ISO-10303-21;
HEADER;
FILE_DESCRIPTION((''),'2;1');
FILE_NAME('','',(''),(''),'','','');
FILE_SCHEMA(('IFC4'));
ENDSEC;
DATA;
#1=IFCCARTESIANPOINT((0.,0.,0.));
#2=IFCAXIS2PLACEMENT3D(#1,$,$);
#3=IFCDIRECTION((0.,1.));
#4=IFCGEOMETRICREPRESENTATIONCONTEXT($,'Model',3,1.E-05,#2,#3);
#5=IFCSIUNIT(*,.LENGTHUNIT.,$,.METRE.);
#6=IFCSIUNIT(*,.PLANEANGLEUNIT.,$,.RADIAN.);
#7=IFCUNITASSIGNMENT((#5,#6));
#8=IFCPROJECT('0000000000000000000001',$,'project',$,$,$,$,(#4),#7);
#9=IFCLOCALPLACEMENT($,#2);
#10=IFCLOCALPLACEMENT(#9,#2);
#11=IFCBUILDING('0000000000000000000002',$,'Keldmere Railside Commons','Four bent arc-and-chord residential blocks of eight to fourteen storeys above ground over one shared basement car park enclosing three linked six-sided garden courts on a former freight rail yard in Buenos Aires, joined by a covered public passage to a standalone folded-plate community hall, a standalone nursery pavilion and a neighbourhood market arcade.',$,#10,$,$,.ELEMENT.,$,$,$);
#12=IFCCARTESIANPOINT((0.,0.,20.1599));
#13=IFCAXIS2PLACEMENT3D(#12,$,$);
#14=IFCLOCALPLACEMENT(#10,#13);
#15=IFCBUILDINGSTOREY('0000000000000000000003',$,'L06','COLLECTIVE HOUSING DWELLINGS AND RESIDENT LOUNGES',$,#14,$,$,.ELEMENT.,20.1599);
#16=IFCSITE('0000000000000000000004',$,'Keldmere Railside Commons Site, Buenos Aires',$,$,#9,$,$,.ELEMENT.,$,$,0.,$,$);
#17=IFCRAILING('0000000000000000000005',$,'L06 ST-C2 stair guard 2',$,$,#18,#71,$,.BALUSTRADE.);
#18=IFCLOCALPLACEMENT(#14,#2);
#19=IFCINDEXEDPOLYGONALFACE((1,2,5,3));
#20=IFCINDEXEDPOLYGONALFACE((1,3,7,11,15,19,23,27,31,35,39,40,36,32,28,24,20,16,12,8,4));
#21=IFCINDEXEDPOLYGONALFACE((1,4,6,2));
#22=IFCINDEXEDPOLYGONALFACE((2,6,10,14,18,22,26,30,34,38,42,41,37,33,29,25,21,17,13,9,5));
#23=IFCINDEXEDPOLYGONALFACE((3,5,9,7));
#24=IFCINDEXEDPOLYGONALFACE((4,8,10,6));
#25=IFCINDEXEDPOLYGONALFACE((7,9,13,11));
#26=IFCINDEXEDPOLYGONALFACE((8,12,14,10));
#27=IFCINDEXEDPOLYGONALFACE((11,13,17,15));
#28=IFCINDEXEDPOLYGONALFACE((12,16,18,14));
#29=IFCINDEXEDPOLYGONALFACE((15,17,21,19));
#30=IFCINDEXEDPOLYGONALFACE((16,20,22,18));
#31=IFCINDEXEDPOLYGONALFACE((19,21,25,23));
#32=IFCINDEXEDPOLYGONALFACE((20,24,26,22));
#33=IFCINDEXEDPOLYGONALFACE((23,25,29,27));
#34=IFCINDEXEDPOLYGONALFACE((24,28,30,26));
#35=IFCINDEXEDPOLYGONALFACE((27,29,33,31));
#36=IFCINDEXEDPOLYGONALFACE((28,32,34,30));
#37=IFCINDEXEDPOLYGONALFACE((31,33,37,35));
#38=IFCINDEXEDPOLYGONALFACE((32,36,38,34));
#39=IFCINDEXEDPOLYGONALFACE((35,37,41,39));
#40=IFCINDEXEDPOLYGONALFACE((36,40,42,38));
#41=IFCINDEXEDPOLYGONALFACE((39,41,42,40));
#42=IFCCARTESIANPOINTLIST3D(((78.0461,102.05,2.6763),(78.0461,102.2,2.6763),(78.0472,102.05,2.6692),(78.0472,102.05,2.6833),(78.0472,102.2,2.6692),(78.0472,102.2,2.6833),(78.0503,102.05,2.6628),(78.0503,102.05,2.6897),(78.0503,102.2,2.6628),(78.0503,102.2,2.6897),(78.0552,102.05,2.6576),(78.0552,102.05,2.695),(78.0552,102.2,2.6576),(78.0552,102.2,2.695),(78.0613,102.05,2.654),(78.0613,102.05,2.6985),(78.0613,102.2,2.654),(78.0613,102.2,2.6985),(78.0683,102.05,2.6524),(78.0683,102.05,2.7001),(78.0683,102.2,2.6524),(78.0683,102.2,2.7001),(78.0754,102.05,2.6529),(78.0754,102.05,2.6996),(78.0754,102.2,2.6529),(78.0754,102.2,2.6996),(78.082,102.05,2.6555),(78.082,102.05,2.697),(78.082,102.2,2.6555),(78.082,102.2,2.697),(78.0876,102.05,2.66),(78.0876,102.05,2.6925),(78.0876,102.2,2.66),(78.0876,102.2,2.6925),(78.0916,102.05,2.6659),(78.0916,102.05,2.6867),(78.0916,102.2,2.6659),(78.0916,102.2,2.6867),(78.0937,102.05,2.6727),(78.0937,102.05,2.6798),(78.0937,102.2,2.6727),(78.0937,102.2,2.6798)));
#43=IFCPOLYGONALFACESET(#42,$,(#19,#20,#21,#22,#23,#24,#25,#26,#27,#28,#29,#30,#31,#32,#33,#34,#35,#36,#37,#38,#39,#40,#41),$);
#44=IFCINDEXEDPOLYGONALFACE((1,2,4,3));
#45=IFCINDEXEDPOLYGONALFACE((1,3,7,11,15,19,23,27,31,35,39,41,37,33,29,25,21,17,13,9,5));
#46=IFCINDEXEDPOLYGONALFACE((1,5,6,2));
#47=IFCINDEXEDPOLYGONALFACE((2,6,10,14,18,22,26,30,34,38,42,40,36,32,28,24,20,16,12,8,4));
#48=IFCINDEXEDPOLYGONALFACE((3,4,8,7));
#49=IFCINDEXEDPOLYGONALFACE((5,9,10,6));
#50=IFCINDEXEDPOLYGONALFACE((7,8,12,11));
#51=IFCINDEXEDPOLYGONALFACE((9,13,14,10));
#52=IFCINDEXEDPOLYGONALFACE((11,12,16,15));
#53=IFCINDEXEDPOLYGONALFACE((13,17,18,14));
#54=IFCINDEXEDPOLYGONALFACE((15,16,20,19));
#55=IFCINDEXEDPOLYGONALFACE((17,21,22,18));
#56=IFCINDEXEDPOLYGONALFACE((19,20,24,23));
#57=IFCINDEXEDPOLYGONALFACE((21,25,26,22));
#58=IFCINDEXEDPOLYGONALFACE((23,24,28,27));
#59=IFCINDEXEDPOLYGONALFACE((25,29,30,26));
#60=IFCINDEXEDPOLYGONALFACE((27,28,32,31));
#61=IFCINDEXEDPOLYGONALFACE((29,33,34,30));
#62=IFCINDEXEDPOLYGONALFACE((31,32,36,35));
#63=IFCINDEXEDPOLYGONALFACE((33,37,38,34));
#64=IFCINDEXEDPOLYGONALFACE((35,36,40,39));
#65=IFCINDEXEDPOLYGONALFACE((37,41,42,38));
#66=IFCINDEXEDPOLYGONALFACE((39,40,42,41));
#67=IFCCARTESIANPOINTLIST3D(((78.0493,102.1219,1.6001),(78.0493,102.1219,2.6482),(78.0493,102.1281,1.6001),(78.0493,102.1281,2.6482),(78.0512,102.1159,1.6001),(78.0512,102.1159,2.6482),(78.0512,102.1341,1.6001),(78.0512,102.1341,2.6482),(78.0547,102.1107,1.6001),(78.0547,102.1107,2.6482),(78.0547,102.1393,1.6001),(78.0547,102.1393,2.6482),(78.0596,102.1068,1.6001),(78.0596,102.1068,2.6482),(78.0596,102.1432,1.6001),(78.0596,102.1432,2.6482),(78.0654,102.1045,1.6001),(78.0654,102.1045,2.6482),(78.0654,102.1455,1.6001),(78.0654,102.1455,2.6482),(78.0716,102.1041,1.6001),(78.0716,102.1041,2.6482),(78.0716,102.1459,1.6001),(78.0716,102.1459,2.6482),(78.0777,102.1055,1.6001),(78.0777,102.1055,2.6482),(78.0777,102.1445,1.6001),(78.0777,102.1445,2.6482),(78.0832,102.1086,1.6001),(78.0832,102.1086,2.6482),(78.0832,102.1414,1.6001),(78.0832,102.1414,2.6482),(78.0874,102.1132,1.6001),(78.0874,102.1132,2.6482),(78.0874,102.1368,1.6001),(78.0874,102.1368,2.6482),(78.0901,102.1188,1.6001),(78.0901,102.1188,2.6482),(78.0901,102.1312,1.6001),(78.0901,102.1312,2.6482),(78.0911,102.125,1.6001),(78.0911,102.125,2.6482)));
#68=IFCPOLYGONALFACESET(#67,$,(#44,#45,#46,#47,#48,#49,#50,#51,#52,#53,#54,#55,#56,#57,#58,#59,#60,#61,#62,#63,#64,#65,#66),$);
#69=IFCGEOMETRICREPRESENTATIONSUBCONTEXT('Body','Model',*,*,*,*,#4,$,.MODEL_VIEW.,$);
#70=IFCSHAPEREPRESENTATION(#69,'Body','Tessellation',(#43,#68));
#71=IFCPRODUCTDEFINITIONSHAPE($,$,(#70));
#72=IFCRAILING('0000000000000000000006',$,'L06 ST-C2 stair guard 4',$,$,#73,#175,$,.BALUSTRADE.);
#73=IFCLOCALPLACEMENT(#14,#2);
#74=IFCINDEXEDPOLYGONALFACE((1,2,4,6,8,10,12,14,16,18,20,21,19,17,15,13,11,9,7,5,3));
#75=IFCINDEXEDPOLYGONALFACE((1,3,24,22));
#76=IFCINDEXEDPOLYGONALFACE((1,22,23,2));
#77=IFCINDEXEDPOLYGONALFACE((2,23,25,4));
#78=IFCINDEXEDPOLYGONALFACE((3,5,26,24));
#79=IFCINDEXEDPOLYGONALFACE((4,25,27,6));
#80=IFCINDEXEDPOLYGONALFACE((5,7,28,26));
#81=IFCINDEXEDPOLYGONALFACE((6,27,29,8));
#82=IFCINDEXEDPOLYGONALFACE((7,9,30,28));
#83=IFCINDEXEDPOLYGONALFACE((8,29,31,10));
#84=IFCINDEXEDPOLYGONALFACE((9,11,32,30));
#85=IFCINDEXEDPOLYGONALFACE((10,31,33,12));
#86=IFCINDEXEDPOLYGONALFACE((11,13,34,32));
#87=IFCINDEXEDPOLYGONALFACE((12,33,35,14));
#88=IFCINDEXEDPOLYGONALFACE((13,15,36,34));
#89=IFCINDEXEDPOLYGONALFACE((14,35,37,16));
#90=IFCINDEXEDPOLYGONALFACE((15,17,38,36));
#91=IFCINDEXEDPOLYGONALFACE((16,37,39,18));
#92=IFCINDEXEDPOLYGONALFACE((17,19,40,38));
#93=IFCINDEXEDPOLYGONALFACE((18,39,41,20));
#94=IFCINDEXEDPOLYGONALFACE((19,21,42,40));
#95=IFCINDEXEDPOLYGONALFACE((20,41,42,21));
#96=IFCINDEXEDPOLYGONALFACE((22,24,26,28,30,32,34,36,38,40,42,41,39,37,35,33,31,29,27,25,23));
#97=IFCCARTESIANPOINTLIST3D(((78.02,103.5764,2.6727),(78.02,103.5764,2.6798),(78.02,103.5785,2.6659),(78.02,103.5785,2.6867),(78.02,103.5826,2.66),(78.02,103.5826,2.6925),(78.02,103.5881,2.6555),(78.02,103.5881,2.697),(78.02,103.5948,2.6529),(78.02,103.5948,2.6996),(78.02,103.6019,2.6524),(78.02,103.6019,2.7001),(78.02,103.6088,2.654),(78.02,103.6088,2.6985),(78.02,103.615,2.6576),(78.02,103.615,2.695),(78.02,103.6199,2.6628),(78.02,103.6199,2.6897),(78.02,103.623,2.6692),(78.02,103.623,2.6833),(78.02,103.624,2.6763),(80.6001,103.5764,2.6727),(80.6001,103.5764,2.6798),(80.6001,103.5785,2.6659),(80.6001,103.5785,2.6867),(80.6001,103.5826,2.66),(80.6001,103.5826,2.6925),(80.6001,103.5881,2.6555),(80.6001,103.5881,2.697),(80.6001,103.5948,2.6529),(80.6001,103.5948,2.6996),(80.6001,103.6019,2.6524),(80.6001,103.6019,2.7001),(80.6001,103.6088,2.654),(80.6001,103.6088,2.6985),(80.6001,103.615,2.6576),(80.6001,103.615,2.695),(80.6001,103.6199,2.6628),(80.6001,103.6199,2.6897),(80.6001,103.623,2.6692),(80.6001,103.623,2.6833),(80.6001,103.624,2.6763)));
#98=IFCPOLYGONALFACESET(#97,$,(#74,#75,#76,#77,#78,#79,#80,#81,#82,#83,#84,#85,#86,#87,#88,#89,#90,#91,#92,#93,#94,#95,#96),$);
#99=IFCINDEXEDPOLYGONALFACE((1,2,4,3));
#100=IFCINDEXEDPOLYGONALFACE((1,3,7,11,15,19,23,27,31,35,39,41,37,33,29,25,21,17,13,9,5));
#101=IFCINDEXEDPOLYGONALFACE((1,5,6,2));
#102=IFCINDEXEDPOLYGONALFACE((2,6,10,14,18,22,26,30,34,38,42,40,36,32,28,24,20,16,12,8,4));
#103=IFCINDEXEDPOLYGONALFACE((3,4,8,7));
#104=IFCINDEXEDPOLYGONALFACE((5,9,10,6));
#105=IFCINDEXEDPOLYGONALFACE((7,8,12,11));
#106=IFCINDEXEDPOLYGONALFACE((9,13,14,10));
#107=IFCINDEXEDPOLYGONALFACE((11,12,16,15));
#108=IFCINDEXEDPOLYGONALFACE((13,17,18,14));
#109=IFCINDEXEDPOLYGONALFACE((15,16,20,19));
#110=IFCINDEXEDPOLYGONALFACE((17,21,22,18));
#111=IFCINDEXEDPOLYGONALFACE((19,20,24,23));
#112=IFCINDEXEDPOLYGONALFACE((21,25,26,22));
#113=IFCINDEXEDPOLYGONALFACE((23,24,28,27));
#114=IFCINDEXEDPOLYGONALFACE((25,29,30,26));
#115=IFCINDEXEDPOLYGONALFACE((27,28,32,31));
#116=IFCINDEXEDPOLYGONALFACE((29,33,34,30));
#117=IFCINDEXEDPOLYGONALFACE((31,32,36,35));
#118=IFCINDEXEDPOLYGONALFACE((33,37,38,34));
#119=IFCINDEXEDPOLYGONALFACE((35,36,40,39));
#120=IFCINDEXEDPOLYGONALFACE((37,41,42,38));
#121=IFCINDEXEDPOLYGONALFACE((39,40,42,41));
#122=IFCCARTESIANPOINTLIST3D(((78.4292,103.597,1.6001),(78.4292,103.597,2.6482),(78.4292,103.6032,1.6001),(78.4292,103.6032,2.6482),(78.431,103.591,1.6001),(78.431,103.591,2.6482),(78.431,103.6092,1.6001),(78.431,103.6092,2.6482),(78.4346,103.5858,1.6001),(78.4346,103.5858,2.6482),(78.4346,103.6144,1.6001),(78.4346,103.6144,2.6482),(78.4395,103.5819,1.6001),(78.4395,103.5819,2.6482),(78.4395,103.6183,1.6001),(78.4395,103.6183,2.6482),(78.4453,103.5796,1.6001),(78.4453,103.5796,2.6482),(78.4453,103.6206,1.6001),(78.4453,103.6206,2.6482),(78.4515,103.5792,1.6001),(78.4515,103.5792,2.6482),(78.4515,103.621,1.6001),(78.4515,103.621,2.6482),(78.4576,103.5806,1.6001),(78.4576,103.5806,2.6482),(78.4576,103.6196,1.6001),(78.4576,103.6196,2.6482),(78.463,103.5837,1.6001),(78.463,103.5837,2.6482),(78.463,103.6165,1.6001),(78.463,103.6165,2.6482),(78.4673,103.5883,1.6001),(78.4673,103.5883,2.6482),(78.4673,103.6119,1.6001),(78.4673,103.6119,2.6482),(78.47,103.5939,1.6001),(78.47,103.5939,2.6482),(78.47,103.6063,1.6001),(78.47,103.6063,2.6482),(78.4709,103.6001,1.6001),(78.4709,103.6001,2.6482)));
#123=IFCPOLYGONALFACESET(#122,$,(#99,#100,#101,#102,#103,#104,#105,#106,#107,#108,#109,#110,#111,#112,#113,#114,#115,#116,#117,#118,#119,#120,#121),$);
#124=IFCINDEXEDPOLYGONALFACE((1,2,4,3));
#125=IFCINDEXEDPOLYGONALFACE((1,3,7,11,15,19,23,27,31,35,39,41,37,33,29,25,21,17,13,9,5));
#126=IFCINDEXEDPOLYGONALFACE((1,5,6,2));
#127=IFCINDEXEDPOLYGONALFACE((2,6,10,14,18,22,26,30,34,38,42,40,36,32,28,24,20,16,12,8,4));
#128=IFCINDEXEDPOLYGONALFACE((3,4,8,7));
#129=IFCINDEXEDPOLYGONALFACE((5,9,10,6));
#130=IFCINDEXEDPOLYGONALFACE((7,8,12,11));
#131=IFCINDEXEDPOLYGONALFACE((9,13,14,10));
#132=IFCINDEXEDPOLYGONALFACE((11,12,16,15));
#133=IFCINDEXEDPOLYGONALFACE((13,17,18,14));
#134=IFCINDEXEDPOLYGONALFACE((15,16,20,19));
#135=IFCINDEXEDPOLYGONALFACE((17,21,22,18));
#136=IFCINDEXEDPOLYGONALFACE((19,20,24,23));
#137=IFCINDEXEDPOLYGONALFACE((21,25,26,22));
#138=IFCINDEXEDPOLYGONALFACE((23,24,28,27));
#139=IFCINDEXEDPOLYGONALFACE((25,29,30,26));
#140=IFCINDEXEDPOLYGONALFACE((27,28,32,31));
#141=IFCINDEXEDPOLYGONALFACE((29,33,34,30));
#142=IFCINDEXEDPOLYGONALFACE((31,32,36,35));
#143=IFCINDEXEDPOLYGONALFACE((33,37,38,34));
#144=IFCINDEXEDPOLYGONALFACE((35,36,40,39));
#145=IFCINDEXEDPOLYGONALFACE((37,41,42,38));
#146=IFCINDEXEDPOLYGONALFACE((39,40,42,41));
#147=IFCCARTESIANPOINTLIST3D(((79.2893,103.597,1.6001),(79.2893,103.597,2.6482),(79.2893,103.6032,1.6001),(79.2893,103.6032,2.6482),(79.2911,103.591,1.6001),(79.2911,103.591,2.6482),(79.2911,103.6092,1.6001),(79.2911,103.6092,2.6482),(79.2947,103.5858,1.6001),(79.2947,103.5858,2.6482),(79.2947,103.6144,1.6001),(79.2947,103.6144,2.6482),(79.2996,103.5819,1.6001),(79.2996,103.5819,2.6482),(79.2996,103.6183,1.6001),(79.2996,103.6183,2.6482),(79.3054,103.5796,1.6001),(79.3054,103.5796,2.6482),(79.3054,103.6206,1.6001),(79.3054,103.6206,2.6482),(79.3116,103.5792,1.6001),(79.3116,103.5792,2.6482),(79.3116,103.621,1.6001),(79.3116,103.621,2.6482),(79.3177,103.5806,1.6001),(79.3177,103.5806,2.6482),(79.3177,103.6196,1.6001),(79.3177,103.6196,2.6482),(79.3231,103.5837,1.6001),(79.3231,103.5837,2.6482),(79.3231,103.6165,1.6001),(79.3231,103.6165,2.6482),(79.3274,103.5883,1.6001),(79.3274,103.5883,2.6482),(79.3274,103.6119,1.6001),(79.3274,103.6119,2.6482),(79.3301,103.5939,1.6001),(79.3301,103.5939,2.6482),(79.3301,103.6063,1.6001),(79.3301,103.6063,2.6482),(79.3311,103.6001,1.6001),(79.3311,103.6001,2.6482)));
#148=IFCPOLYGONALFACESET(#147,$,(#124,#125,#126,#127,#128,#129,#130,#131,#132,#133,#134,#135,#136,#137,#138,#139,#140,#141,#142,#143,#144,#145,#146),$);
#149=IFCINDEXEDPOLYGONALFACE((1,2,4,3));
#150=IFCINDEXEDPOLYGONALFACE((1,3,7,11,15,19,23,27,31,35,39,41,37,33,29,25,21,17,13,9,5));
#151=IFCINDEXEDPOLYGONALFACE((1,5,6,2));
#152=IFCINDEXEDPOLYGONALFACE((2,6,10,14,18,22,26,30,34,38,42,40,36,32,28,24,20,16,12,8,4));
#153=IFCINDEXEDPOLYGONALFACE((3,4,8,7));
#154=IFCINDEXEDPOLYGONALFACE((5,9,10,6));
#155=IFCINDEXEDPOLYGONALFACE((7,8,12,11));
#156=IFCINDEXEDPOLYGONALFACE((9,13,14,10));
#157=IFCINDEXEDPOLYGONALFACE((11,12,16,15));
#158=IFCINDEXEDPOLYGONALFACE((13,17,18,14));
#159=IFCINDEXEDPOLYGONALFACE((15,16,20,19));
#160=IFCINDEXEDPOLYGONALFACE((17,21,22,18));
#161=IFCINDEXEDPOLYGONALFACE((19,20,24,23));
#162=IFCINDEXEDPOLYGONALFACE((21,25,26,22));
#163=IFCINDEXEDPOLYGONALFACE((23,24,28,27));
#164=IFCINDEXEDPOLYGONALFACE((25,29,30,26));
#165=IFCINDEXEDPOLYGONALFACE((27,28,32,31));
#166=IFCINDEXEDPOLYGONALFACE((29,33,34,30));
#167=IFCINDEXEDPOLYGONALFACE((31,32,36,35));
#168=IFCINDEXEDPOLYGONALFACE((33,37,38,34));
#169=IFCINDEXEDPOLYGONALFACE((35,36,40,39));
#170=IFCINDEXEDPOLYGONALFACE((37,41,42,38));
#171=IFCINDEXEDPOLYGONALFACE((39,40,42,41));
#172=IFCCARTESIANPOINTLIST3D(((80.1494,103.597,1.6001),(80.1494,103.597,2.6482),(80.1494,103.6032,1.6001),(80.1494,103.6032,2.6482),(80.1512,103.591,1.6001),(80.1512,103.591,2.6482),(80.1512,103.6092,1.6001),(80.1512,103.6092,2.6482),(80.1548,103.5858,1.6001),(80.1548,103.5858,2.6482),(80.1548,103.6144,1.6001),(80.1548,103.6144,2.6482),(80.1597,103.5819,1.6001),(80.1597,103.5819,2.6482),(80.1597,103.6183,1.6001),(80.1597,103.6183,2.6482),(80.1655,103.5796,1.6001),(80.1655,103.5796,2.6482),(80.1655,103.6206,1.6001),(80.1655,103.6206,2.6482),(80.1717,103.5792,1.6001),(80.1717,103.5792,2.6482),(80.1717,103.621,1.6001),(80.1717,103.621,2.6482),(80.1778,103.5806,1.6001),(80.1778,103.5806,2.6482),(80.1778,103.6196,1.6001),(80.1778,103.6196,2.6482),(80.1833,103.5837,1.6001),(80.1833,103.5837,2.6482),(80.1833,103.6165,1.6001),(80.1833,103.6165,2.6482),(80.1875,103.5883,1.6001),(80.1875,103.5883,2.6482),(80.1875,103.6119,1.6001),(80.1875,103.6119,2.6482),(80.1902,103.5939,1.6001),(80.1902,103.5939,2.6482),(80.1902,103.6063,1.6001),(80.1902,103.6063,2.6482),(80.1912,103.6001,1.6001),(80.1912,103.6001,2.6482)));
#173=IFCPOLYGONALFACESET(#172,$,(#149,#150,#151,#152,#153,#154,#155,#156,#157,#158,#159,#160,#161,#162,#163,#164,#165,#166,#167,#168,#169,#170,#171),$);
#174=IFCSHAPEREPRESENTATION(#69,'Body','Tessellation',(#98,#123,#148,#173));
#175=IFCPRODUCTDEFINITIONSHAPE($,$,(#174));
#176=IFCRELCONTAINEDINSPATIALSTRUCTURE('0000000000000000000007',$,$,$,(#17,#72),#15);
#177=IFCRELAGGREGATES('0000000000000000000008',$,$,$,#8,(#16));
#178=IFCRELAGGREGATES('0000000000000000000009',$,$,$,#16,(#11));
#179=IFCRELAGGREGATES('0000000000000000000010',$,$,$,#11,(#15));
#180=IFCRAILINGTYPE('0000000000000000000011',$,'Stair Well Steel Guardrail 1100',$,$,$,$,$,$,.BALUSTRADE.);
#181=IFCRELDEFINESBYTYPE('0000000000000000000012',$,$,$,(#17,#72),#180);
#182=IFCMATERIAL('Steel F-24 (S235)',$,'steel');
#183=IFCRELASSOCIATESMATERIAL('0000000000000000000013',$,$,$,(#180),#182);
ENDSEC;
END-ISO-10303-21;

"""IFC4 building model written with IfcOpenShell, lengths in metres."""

from ifc_helpers import new_model, si_unit, direction, frame, origin, origin_2d, place, context, subcontext, project, spatial, circle, extrude, material, type_object, element, save


model = new_model("IFC4")

# Units and contexts
model_context = context("Model", 3, precision=1e-05, world=origin(), true_north=direction((0.0, 1.0)))
body_context = subcontext(model_context, "Body", "Model", "MODEL_VIEW")
ifc_project = project(units=[si_unit("LENGTHUNIT", "METRE"), si_unit("PLANEANGLEUNIT", "RADIAN")], contexts=[model_context])

# Site, building, storey
site_placement = place(None, origin())
site = spatial("IfcSite", under=ifc_project, at=site_placement, Name="Keldmere Railside Commons Site, Buenos Aires", CompositionType="ELEMENT", RefElevation=0.0)
building_placement = place(site_placement, origin())
building = spatial("IfcBuilding", under=site, at=building_placement, Name="Keldmere Railside Commons", Description="Four bent arc-and-chord residential blocks of eight to fourteen storeys above ground over one shared basement car park enclosing three linked six-sided garden courts on a former freight rail yard in Buenos Aires, joined by a covered public passage to a standalone folded-plate community hall, a standalone nursery pavilion and a neighbourhood market arcade.", CompositionType="ELEMENT")
storey_placement = place(building_placement, frame((0.0, 0.0, 20.1599)))
storey = spatial("IfcBuildingStorey", under=building, at=storey_placement, Name="L06", Description="COLLECTIVE HOUSING DWELLINGS AND RESIDENT LOUNGES", CompositionType="ELEMENT", Elevation=20.1599)

# Shared definitions
ifc_material_1 = material(Name="Steel F-24 (S235)", Category="steel")

# Railings
railing_type_1 = type_object("IfcRailingType", Name="Stair Well Steel Guardrail 1100", PredefinedType="BALUSTRADE", material=ifc_material_1)
railing_1_placement = place(storey_placement, frame((78.0701, 102.05, 1.6001)))
element("IfcRailing", 1, at=railing_1_placement, inside=storey, type_object=railing_type_1, Name="L06 ST-C2 stair guard 2", PredefinedType="BALUSTRADE", context=body_context, shape_type="SweptSolid", body=[
    extrude(circle(Radius=0.0239, at=origin_2d()), frame((0.0, 0.0, 1.0762), z_axis=(0.0, 1.0, 0.0), x_axis=(-1.0, 0.0, 0.0)), (0.0, 0.0, 1.0), 0.1499),
    extrude(circle(Radius=0.021, at=origin_2d()), frame((0.0, 0.075, 0.0)), (0.0, 0.0, 1.0), 1.0481),
])
railing_2_placement = place(storey_placement, frame((78.02, 103.6001, 1.6001)))
element("IfcRailing", 2, at=railing_2_placement, inside=storey, type_object=railing_type_1, Name="L06 ST-C2 stair guard 4", PredefinedType="BALUSTRADE", context=body_context, shape_type="SweptSolid", body=[
    extrude(circle(Radius=0.0239, at=origin_2d()), frame((0.0, 0.0, 1.0762), z_axis=(1.0, 0.0, 0.0), x_axis=(0.0, 1.0, 0.0)), (0.0, 0.0, 1.0), 2.5801),
    extrude(circle(Radius=0.021, at=origin_2d()), frame((0.4299, 0.0, 0.0)), (0.0, 0.0, 1.0), 1.0481),
    extrude(circle(Radius=0.021, at=origin_2d()), frame((1.29, 0.0, 0.0)), (0.0, 0.0, 1.0), 1.0481),
    extrude(circle(Radius=0.021, at=origin_2d()), frame((2.1501, 0.0, 0.0)), (0.0, 0.0, 1.0), 1.0481),
])

save(model, "model.ifc")
